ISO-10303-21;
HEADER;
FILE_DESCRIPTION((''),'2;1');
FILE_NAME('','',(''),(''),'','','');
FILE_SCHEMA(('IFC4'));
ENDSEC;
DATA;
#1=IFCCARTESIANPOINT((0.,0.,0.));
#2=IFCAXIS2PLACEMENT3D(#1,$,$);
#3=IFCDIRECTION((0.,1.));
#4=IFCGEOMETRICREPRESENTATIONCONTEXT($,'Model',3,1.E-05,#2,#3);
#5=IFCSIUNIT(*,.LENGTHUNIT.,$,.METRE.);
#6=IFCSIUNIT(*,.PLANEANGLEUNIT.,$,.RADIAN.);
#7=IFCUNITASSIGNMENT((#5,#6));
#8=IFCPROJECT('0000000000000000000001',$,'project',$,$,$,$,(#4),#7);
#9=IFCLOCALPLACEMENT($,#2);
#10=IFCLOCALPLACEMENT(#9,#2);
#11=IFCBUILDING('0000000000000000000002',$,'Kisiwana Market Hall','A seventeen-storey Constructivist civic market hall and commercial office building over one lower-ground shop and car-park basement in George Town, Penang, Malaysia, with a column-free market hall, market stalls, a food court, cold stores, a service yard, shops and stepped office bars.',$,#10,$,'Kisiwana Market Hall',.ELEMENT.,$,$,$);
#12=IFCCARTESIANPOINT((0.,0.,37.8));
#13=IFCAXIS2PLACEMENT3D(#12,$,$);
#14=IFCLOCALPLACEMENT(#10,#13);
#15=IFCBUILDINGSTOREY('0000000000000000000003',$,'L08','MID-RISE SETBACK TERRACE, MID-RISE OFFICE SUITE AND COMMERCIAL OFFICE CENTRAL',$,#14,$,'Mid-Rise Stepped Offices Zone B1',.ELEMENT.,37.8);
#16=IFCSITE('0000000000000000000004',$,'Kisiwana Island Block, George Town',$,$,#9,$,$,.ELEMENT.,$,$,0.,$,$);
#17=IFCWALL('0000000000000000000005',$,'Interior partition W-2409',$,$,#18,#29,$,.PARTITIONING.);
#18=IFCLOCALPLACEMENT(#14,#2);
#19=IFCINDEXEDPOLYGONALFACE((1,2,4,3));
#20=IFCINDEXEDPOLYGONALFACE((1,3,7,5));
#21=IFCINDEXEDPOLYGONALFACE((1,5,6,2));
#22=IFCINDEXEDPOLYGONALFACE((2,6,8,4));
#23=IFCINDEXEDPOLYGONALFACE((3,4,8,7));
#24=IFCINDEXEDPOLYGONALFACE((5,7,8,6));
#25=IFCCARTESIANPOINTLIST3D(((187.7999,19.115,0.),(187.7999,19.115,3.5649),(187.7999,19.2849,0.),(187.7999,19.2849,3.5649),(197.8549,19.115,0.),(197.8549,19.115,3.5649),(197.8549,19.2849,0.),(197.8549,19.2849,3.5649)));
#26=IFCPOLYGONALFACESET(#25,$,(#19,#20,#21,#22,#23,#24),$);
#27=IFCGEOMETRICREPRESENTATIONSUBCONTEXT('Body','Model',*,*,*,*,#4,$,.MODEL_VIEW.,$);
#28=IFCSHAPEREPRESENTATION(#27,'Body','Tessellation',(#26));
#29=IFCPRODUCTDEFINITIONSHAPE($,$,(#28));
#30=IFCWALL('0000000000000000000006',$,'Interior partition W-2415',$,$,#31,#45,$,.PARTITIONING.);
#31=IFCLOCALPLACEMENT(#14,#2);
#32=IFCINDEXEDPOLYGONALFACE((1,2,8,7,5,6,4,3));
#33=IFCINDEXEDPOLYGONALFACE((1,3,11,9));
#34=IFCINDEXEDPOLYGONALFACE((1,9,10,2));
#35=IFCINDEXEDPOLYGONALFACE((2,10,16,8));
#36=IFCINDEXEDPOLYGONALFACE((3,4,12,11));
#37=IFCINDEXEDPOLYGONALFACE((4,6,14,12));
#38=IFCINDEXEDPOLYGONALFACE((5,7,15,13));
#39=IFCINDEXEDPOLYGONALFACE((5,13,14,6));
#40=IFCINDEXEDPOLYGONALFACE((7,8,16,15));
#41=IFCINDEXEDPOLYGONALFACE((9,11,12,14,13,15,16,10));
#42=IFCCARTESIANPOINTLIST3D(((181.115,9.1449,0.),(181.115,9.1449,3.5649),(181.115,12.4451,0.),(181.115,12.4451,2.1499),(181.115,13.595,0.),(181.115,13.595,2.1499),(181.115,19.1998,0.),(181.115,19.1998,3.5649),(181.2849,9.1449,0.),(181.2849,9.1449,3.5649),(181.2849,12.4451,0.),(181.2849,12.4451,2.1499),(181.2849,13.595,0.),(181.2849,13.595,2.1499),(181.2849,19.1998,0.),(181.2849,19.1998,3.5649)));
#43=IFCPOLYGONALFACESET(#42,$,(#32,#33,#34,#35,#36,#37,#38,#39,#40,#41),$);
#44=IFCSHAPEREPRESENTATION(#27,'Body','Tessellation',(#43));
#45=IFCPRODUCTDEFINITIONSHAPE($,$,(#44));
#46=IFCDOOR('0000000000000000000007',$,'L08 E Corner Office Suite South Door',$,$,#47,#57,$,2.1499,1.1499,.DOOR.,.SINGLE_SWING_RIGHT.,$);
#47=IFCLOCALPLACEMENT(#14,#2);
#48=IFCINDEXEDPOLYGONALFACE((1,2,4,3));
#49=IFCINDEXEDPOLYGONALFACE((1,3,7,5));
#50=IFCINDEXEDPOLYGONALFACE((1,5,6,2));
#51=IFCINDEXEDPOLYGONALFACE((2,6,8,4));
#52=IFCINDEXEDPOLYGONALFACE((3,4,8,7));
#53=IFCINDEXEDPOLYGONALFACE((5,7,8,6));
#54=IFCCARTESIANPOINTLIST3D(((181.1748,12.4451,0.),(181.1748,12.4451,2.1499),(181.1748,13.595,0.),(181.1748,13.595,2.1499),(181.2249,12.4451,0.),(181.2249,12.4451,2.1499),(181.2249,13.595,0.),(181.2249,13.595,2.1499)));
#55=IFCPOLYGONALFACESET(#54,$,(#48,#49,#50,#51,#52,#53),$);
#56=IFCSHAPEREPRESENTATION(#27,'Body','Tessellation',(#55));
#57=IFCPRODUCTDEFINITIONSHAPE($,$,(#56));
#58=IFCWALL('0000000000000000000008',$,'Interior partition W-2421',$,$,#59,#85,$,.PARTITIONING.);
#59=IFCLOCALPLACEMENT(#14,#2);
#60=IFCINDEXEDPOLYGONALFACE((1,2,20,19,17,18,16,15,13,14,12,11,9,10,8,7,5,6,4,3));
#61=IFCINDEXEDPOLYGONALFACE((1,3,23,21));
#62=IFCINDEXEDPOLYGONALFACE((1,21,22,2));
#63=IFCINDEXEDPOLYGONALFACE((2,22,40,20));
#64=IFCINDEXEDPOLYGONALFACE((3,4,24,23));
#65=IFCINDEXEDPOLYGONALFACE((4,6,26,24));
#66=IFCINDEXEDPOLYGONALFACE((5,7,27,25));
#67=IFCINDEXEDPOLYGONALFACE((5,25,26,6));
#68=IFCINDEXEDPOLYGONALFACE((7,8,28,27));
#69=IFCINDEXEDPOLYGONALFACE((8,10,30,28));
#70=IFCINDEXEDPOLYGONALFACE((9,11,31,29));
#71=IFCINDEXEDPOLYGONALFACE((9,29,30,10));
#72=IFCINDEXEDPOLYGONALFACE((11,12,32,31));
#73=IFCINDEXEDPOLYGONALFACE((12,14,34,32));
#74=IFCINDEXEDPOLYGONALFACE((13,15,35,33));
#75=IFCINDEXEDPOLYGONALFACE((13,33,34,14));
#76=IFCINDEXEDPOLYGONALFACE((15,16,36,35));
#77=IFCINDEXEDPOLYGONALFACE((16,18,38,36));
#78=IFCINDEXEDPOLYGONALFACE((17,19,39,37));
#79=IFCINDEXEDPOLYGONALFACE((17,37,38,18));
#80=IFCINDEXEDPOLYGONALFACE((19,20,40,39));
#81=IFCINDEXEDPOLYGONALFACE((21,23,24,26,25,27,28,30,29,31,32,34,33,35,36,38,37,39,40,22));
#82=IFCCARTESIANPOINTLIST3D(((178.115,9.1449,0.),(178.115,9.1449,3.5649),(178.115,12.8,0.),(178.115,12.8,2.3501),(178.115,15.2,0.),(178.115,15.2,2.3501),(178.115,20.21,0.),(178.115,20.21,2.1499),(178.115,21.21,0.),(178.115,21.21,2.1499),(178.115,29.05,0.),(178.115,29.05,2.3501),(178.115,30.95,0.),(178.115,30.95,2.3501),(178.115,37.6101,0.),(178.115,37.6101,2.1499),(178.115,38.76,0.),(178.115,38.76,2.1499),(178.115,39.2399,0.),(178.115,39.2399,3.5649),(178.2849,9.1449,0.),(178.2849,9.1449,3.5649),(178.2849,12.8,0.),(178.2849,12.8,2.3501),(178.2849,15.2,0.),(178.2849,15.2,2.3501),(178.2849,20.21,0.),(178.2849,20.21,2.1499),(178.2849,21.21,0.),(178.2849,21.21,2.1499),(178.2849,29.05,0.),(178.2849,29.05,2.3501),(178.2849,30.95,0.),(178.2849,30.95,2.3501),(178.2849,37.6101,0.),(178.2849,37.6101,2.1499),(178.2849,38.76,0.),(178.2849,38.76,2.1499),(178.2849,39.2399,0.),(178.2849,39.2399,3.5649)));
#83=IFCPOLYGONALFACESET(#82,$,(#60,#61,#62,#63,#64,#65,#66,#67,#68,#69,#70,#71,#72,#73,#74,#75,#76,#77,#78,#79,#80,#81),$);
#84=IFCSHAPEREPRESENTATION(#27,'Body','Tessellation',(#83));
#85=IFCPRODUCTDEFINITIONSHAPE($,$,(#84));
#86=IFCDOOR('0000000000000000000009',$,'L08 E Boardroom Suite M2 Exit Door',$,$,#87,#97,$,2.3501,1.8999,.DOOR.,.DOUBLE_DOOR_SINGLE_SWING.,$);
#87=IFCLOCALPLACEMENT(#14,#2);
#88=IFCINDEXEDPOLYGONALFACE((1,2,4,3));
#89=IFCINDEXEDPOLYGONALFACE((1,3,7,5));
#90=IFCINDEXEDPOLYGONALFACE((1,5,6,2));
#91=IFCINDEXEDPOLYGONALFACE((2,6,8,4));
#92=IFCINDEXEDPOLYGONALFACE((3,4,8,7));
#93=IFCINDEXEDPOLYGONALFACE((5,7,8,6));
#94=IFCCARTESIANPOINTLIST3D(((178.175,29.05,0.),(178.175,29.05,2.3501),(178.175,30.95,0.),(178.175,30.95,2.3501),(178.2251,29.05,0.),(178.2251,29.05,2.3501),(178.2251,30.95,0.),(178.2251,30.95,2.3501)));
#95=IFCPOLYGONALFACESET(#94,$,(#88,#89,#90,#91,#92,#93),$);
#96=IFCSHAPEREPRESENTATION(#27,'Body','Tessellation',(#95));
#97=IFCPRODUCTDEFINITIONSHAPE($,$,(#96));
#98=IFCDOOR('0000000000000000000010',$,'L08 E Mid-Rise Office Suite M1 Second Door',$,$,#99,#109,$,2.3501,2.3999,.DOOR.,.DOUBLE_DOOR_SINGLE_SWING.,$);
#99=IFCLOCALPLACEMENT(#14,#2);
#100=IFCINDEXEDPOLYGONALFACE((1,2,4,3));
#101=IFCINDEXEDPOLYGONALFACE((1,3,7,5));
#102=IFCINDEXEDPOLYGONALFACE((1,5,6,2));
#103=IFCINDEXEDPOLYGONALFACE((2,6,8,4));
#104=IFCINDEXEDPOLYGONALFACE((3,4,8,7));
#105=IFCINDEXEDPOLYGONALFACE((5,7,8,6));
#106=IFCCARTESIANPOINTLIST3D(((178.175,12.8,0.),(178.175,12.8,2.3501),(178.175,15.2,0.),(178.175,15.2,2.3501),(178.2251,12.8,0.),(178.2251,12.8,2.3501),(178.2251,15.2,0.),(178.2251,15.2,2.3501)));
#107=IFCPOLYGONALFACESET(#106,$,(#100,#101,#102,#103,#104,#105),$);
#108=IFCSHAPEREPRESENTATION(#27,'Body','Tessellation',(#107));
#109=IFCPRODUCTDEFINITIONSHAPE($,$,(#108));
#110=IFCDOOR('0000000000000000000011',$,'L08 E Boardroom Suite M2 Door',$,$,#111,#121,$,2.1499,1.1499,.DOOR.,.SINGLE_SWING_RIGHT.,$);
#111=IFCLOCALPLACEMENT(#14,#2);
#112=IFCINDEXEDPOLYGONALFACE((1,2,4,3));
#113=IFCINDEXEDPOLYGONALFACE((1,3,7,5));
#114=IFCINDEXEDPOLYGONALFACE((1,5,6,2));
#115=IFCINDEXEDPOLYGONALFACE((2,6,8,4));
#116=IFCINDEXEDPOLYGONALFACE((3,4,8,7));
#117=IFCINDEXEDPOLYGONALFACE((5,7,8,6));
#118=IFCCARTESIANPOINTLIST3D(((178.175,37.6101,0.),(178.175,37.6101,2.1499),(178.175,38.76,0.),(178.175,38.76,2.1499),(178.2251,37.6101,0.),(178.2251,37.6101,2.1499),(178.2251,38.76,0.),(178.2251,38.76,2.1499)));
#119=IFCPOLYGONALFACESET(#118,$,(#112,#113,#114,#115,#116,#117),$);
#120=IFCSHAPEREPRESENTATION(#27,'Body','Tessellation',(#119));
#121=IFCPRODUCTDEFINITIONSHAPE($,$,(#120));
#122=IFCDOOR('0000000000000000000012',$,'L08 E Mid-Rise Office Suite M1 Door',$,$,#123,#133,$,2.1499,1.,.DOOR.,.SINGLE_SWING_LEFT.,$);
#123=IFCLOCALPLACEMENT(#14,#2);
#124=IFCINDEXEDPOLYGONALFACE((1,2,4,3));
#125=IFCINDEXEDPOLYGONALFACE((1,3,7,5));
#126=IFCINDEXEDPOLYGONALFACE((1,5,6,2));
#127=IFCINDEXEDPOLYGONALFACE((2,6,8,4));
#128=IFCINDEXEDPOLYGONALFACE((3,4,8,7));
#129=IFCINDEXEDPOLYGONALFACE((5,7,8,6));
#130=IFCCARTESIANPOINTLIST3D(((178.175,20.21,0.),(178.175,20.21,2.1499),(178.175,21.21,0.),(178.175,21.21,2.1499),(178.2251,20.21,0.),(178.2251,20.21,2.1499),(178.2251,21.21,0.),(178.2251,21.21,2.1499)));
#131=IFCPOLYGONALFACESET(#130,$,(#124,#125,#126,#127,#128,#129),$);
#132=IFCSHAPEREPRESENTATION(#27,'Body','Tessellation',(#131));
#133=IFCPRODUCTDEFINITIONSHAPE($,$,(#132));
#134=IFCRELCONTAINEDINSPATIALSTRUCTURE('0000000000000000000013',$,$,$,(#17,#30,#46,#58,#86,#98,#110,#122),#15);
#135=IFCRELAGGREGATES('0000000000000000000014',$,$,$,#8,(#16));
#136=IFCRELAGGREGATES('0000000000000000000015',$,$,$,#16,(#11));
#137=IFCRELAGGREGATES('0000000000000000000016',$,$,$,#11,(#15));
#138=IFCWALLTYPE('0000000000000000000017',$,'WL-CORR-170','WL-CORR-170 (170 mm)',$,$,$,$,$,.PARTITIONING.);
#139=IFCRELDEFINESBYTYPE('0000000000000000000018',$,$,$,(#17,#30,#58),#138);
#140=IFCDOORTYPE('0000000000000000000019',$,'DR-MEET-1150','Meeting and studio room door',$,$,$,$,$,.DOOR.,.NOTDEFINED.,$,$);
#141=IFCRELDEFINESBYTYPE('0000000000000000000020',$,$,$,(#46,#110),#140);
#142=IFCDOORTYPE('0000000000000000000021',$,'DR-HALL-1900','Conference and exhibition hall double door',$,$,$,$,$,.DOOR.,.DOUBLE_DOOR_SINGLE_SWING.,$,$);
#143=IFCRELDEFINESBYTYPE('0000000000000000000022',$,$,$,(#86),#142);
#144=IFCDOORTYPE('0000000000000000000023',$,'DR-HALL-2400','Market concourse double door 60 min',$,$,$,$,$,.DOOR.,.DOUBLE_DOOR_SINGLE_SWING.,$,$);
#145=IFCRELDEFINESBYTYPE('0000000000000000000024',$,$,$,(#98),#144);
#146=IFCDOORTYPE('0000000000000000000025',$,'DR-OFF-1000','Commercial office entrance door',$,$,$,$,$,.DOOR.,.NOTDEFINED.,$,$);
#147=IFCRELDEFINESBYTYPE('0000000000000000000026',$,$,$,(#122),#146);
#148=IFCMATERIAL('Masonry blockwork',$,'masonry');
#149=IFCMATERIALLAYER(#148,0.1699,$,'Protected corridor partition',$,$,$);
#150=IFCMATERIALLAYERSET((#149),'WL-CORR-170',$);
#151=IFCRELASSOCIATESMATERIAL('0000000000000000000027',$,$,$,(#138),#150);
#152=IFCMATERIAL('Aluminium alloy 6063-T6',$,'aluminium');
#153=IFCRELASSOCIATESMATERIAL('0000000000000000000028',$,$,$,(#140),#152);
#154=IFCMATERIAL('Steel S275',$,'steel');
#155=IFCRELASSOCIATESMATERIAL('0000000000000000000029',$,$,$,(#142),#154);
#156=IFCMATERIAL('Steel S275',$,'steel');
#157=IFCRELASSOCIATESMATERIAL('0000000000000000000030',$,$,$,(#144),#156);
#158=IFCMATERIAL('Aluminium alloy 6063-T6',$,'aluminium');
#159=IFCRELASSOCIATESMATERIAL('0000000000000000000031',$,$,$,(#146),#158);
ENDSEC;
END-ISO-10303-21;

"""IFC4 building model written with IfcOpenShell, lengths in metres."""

from ifc_helpers import new_model, si_unit, direction, frame, frame_2d, origin, place, context, subcontext, project, spatial, rectangle, extrude, material, layer, layer_set, type_object, element, fill, save


model = new_model("IFC4")

# Units and contexts
model_context = context("Model", 3, precision=1e-05, world=origin(), true_north=direction((0.0, 1.0)))
body_context = subcontext(model_context, "Body", "Model", "MODEL_VIEW")
ifc_project = project(units=[si_unit("LENGTHUNIT", "METRE"), si_unit("PLANEANGLEUNIT", "RADIAN")], contexts=[model_context])

# Site, building, storey
site_placement = place(None, origin())
site = spatial("IfcSite", under=ifc_project, at=site_placement, Name="Kisiwana Island Block, George Town", CompositionType="ELEMENT", RefElevation=0.0)
building_placement = place(site_placement, origin())
building = spatial("IfcBuilding", under=site, at=building_placement, Name="Kisiwana Market Hall", Description="A seventeen-storey Constructivist civic market hall and commercial office building over one lower-ground shop and car-park basement in George Town, Penang, Malaysia, with a column-free market hall, market stalls, a food court, cold stores, a service yard, shops and stepped office bars.", LongName="Kisiwana Market Hall", CompositionType="ELEMENT")
storey_placement = place(building_placement, frame((0.0, 0.0, 37.8)))
storey = spatial("IfcBuildingStorey", under=building, at=storey_placement, Name="L08", Description="MID-RISE SETBACK TERRACE, MID-RISE OFFICE SUITE AND COMMERCIAL OFFICE CENTRAL", LongName="Mid-Rise Stepped Offices Zone B1", CompositionType="ELEMENT", Elevation=37.8)

# Wall
ifc_material_1 = material(Name="Masonry blockwork", Category="masonry")
ifc_layer_1 = layer(ifc_material_1, 0.1699, Name="Protected corridor partition")
ifc_layer_set_1 = layer_set([ifc_layer_1], Name="WL-CORR-170")
wall_type_1 = type_object("IfcWallType", Name="WL-CORR-170", Description="WL-CORR-170 (170 mm)", PredefinedType="PARTITIONING", material=ifc_layer_set_1)
wall_1_placement = place(storey_placement, frame((187.8, 19.2, 0.0), z_axis=(0.0, 0.0, 1.0), x_axis=(1.0, 0.0, 0.0)))
element("IfcWall", 1, at=wall_1_placement, inside=storey, type_object=wall_type_1, Name="Interior partition W-2409", PredefinedType="PARTITIONING", context=body_context, shape_type="SweptSolid", body=[
    extrude(rectangle(XDim=10.0549, YDim=0.1699, at=frame_2d((5.0273, 0.0))), origin(), (0.0, 0.0, 1.0), 3.5649),
])

# Wall, opening, door
wall_2_placement = place(storey_placement, frame((181.2, 9.145, 0.0), z_axis=(0.0, 0.0, 1.0), x_axis=(0.0, 1.0, 0.0)))
wall_2 = element("IfcWall", 2, at=wall_2_placement, inside=storey, type_object=wall_type_1, Name="Interior partition W-2415", PredefinedType="PARTITIONING", context=body_context, shape_type="SweptSolid", body=[
    extrude(rectangle(XDim=10.0549, YDim=0.1699, at=frame_2d((5.0273, 0.0))), origin(), (0.0, 0.0, 1.0), 3.5649),
])
opening_1_placement = place(wall_2_placement, frame((3.3, 0.0, 0.0)))
opening_1 = element("IfcOpeningElement", 3, at=opening_1_placement, cuts=wall_2, PredefinedType="OPENING", context=body_context, shape_type="SweptSolid", body=[
    extrude(rectangle(XDim=1.1499, YDim=2.1499, at=frame_2d((0.575, 1.075))), frame((0.0, 0.0969, 0.0), z_axis=(0.0, -1.0, 0.0), x_axis=(1.0, 0.0, 0.0)), (0.0, 0.0, 1.0), 0.1938),
])
ifc_material_2 = material(Name="Aluminium alloy 6063-T6", Category="aluminium")
door_type_1 = type_object("IfcDoorType", Name="DR-MEET-1150", Description="Meeting and studio room door", OperationType="NOTDEFINED", PredefinedType="DOOR", material=ifc_material_2)
door_1_placement = place(opening_1_placement, frame((1.1499, 0.0, 0.0), z_axis=(0.0, 0.0, 1.0), x_axis=(-1.0, 0.0, 0.0)))
door_1 = element("IfcDoor", 4, at=door_1_placement, inside=storey, type_object=door_type_1, Name="L08 E Corner Office Suite South Door", OperationType="SINGLE_SWING_RIGHT", OverallHeight=2.1499, OverallWidth=1.1499, PredefinedType="DOOR", context=body_context, shape_type="SweptSolid", body=[
    extrude(rectangle(XDim=1.1499, YDim=2.1499, at=frame_2d((0.575, 1.075))), frame((0.0, 0.0249, 0.0), z_axis=(0.0, -1.0, 0.0), x_axis=(1.0, 0.0, 0.0)), (0.0, 0.0, 1.0), 0.05),
])
fill(opening_1, door_1)

# Wall, openings, doors
wall_3_placement = place(storey_placement, frame((178.2, 9.145, 0.0), z_axis=(0.0, 0.0, 1.0), x_axis=(0.0, 1.0, 0.0)))
wall_3 = element("IfcWall", 5, at=wall_3_placement, inside=storey, type_object=wall_type_1, Name="Interior partition W-2421", PredefinedType="PARTITIONING", context=body_context, shape_type="SweptSolid", body=[
    extrude(rectangle(XDim=30.095, YDim=0.1699, at=frame_2d((15.0474, 0.0))), origin(), (0.0, 0.0, 1.0), 3.5649),
])
opening_2_placement = place(wall_3_placement, frame((11.0649, 0.0, 0.0)))
opening_2 = element("IfcOpeningElement", 6, at=opening_2_placement, cuts=wall_3, PredefinedType="OPENING", context=body_context, shape_type="SweptSolid", body=[
    extrude(rectangle(XDim=1.0, YDim=2.1499, at=frame_2d((0.5, 1.075))), frame((0.0, 0.0969, 0.0), z_axis=(0.0, -1.0, 0.0), x_axis=(1.0, 0.0, 0.0)), (0.0, 0.0, 1.0), 0.1938),
])
opening_3_placement = place(wall_3_placement, frame((3.655, 0.0, 0.0)))
opening_3 = element("IfcOpeningElement", 7, at=opening_3_placement, cuts=wall_3, PredefinedType="OPENING", context=body_context, shape_type="SweptSolid", body=[
    extrude(rectangle(XDim=2.3999, YDim=2.3501, at=frame_2d((1.2, 1.175))), frame((0.0, 0.0969, 0.0), z_axis=(0.0, -1.0, 0.0), x_axis=(1.0, 0.0, 0.0)), (0.0, 0.0, 1.0), 0.1938),
])
opening_4_placement = place(wall_3_placement, frame((28.4651, 0.0, 0.0)))
opening_4 = element("IfcOpeningElement", 8, at=opening_4_placement, cuts=wall_3, PredefinedType="OPENING", context=body_context, shape_type="SweptSolid", body=[
    extrude(rectangle(XDim=1.1499, YDim=2.1499, at=frame_2d((0.575, 1.075))), frame((0.0, 0.0969, 0.0), z_axis=(0.0, -1.0, 0.0), x_axis=(1.0, 0.0, 0.0)), (0.0, 0.0, 1.0), 0.1938),
])
opening_5_placement = place(wall_3_placement, frame((19.905, 0.0, 0.0)))
opening_5 = element("IfcOpeningElement", 9, at=opening_5_placement, cuts=wall_3, PredefinedType="OPENING", context=body_context, shape_type="SweptSolid", body=[
    extrude(rectangle(XDim=1.8999, YDim=2.3501, at=frame_2d((0.95, 1.175))), frame((0.0, 0.0969, 0.0), z_axis=(0.0, -1.0, 0.0), x_axis=(1.0, 0.0, 0.0)), (0.0, 0.0, 1.0), 0.1938),
])
ifc_material_3 = material(Name="Steel S275", Category="steel")
door_type_2 = type_object("IfcDoorType", Name="DR-HALL-1900", Description="Conference and exhibition hall double door", OperationType="DOUBLE_DOOR_SINGLE_SWING", PredefinedType="DOOR", material=ifc_material_3)
door_2_placement = place(opening_5_placement, origin())
door_2 = element("IfcDoor", 10, at=door_2_placement, inside=storey, type_object=door_type_2, Name="L08 E Boardroom Suite M2 Exit Door", OperationType="DOUBLE_DOOR_SINGLE_SWING", OverallHeight=2.3501, OverallWidth=1.8999, PredefinedType="DOOR", context=body_context, shape_type="SweptSolid", body=[
    extrude(rectangle(XDim=1.8999, YDim=2.3501, at=frame_2d((0.95, 1.175))), frame((0.0, 0.0249, 0.0), z_axis=(0.0, -1.0, 0.0), x_axis=(1.0, 0.0, 0.0)), (0.0, 0.0, 1.0), 0.05),
])
fill(opening_5, door_2)
ifc_material_4 = material(Name="Steel S275", Category="steel")
door_type_3 = type_object("IfcDoorType", Name="DR-HALL-2400", Description="Market concourse double door 60 min", OperationType="DOUBLE_DOOR_SINGLE_SWING", PredefinedType="DOOR", material=ifc_material_4)
door_3_placement = place(opening_3_placement, origin())
door_3 = element("IfcDoor", 11, at=door_3_placement, inside=storey, type_object=door_type_3, Name="L08 E Mid-Rise Office Suite M1 Second Door", OperationType="DOUBLE_DOOR_SINGLE_SWING", OverallHeight=2.3501, OverallWidth=2.3999, PredefinedType="DOOR", context=body_context, shape_type="SweptSolid", body=[
    extrude(rectangle(XDim=2.3999, YDim=2.3501, at=frame_2d((1.2, 1.175))), frame((0.0, 0.0249, 0.0), z_axis=(0.0, -1.0, 0.0), x_axis=(1.0, 0.0, 0.0)), (0.0, 0.0, 1.0), 0.05),
])
fill(opening_3, door_3)
door_4_placement = place(opening_4_placement, origin())
door_4 = element("IfcDoor", 12, at=door_4_placement, inside=storey, type_object=door_type_1, Name="L08 E Boardroom Suite M2 Door", OperationType="SINGLE_SWING_RIGHT", OverallHeight=2.1499, OverallWidth=1.1499, PredefinedType="DOOR", context=body_context, shape_type="SweptSolid", body=[
    extrude(rectangle(XDim=1.1499, YDim=2.1499, at=frame_2d((0.575, 1.075))), frame((0.0, 0.0249, 0.0), z_axis=(0.0, -1.0, 0.0), x_axis=(1.0, 0.0, 0.0)), (0.0, 0.0, 1.0), 0.05),
])
fill(opening_4, door_4)
ifc_material_5 = material(Name="Aluminium alloy 6063-T6", Category="aluminium")
door_type_4 = type_object("IfcDoorType", Name="DR-OFF-1000", Description="Commercial office entrance door", OperationType="NOTDEFINED", PredefinedType="DOOR", material=ifc_material_5)
door_5_placement = place(opening_2_placement, origin())
door_5 = element("IfcDoor", 13, at=door_5_placement, inside=storey, type_object=door_type_4, Name="L08 E Mid-Rise Office Suite M1 Door", OperationType="SINGLE_SWING_LEFT", OverallHeight=2.1499, OverallWidth=1.0, PredefinedType="DOOR", context=body_context, shape_type="SweptSolid", body=[
    extrude(rectangle(XDim=1.0, YDim=2.1499, at=frame_2d((0.5, 1.075))), frame((0.0, 0.0249, 0.0), z_axis=(0.0, -1.0, 0.0), x_axis=(1.0, 0.0, 0.0)), (0.0, 0.0, 1.0), 0.05),
])
fill(opening_2, door_5)

save(model, "model.ifc")
